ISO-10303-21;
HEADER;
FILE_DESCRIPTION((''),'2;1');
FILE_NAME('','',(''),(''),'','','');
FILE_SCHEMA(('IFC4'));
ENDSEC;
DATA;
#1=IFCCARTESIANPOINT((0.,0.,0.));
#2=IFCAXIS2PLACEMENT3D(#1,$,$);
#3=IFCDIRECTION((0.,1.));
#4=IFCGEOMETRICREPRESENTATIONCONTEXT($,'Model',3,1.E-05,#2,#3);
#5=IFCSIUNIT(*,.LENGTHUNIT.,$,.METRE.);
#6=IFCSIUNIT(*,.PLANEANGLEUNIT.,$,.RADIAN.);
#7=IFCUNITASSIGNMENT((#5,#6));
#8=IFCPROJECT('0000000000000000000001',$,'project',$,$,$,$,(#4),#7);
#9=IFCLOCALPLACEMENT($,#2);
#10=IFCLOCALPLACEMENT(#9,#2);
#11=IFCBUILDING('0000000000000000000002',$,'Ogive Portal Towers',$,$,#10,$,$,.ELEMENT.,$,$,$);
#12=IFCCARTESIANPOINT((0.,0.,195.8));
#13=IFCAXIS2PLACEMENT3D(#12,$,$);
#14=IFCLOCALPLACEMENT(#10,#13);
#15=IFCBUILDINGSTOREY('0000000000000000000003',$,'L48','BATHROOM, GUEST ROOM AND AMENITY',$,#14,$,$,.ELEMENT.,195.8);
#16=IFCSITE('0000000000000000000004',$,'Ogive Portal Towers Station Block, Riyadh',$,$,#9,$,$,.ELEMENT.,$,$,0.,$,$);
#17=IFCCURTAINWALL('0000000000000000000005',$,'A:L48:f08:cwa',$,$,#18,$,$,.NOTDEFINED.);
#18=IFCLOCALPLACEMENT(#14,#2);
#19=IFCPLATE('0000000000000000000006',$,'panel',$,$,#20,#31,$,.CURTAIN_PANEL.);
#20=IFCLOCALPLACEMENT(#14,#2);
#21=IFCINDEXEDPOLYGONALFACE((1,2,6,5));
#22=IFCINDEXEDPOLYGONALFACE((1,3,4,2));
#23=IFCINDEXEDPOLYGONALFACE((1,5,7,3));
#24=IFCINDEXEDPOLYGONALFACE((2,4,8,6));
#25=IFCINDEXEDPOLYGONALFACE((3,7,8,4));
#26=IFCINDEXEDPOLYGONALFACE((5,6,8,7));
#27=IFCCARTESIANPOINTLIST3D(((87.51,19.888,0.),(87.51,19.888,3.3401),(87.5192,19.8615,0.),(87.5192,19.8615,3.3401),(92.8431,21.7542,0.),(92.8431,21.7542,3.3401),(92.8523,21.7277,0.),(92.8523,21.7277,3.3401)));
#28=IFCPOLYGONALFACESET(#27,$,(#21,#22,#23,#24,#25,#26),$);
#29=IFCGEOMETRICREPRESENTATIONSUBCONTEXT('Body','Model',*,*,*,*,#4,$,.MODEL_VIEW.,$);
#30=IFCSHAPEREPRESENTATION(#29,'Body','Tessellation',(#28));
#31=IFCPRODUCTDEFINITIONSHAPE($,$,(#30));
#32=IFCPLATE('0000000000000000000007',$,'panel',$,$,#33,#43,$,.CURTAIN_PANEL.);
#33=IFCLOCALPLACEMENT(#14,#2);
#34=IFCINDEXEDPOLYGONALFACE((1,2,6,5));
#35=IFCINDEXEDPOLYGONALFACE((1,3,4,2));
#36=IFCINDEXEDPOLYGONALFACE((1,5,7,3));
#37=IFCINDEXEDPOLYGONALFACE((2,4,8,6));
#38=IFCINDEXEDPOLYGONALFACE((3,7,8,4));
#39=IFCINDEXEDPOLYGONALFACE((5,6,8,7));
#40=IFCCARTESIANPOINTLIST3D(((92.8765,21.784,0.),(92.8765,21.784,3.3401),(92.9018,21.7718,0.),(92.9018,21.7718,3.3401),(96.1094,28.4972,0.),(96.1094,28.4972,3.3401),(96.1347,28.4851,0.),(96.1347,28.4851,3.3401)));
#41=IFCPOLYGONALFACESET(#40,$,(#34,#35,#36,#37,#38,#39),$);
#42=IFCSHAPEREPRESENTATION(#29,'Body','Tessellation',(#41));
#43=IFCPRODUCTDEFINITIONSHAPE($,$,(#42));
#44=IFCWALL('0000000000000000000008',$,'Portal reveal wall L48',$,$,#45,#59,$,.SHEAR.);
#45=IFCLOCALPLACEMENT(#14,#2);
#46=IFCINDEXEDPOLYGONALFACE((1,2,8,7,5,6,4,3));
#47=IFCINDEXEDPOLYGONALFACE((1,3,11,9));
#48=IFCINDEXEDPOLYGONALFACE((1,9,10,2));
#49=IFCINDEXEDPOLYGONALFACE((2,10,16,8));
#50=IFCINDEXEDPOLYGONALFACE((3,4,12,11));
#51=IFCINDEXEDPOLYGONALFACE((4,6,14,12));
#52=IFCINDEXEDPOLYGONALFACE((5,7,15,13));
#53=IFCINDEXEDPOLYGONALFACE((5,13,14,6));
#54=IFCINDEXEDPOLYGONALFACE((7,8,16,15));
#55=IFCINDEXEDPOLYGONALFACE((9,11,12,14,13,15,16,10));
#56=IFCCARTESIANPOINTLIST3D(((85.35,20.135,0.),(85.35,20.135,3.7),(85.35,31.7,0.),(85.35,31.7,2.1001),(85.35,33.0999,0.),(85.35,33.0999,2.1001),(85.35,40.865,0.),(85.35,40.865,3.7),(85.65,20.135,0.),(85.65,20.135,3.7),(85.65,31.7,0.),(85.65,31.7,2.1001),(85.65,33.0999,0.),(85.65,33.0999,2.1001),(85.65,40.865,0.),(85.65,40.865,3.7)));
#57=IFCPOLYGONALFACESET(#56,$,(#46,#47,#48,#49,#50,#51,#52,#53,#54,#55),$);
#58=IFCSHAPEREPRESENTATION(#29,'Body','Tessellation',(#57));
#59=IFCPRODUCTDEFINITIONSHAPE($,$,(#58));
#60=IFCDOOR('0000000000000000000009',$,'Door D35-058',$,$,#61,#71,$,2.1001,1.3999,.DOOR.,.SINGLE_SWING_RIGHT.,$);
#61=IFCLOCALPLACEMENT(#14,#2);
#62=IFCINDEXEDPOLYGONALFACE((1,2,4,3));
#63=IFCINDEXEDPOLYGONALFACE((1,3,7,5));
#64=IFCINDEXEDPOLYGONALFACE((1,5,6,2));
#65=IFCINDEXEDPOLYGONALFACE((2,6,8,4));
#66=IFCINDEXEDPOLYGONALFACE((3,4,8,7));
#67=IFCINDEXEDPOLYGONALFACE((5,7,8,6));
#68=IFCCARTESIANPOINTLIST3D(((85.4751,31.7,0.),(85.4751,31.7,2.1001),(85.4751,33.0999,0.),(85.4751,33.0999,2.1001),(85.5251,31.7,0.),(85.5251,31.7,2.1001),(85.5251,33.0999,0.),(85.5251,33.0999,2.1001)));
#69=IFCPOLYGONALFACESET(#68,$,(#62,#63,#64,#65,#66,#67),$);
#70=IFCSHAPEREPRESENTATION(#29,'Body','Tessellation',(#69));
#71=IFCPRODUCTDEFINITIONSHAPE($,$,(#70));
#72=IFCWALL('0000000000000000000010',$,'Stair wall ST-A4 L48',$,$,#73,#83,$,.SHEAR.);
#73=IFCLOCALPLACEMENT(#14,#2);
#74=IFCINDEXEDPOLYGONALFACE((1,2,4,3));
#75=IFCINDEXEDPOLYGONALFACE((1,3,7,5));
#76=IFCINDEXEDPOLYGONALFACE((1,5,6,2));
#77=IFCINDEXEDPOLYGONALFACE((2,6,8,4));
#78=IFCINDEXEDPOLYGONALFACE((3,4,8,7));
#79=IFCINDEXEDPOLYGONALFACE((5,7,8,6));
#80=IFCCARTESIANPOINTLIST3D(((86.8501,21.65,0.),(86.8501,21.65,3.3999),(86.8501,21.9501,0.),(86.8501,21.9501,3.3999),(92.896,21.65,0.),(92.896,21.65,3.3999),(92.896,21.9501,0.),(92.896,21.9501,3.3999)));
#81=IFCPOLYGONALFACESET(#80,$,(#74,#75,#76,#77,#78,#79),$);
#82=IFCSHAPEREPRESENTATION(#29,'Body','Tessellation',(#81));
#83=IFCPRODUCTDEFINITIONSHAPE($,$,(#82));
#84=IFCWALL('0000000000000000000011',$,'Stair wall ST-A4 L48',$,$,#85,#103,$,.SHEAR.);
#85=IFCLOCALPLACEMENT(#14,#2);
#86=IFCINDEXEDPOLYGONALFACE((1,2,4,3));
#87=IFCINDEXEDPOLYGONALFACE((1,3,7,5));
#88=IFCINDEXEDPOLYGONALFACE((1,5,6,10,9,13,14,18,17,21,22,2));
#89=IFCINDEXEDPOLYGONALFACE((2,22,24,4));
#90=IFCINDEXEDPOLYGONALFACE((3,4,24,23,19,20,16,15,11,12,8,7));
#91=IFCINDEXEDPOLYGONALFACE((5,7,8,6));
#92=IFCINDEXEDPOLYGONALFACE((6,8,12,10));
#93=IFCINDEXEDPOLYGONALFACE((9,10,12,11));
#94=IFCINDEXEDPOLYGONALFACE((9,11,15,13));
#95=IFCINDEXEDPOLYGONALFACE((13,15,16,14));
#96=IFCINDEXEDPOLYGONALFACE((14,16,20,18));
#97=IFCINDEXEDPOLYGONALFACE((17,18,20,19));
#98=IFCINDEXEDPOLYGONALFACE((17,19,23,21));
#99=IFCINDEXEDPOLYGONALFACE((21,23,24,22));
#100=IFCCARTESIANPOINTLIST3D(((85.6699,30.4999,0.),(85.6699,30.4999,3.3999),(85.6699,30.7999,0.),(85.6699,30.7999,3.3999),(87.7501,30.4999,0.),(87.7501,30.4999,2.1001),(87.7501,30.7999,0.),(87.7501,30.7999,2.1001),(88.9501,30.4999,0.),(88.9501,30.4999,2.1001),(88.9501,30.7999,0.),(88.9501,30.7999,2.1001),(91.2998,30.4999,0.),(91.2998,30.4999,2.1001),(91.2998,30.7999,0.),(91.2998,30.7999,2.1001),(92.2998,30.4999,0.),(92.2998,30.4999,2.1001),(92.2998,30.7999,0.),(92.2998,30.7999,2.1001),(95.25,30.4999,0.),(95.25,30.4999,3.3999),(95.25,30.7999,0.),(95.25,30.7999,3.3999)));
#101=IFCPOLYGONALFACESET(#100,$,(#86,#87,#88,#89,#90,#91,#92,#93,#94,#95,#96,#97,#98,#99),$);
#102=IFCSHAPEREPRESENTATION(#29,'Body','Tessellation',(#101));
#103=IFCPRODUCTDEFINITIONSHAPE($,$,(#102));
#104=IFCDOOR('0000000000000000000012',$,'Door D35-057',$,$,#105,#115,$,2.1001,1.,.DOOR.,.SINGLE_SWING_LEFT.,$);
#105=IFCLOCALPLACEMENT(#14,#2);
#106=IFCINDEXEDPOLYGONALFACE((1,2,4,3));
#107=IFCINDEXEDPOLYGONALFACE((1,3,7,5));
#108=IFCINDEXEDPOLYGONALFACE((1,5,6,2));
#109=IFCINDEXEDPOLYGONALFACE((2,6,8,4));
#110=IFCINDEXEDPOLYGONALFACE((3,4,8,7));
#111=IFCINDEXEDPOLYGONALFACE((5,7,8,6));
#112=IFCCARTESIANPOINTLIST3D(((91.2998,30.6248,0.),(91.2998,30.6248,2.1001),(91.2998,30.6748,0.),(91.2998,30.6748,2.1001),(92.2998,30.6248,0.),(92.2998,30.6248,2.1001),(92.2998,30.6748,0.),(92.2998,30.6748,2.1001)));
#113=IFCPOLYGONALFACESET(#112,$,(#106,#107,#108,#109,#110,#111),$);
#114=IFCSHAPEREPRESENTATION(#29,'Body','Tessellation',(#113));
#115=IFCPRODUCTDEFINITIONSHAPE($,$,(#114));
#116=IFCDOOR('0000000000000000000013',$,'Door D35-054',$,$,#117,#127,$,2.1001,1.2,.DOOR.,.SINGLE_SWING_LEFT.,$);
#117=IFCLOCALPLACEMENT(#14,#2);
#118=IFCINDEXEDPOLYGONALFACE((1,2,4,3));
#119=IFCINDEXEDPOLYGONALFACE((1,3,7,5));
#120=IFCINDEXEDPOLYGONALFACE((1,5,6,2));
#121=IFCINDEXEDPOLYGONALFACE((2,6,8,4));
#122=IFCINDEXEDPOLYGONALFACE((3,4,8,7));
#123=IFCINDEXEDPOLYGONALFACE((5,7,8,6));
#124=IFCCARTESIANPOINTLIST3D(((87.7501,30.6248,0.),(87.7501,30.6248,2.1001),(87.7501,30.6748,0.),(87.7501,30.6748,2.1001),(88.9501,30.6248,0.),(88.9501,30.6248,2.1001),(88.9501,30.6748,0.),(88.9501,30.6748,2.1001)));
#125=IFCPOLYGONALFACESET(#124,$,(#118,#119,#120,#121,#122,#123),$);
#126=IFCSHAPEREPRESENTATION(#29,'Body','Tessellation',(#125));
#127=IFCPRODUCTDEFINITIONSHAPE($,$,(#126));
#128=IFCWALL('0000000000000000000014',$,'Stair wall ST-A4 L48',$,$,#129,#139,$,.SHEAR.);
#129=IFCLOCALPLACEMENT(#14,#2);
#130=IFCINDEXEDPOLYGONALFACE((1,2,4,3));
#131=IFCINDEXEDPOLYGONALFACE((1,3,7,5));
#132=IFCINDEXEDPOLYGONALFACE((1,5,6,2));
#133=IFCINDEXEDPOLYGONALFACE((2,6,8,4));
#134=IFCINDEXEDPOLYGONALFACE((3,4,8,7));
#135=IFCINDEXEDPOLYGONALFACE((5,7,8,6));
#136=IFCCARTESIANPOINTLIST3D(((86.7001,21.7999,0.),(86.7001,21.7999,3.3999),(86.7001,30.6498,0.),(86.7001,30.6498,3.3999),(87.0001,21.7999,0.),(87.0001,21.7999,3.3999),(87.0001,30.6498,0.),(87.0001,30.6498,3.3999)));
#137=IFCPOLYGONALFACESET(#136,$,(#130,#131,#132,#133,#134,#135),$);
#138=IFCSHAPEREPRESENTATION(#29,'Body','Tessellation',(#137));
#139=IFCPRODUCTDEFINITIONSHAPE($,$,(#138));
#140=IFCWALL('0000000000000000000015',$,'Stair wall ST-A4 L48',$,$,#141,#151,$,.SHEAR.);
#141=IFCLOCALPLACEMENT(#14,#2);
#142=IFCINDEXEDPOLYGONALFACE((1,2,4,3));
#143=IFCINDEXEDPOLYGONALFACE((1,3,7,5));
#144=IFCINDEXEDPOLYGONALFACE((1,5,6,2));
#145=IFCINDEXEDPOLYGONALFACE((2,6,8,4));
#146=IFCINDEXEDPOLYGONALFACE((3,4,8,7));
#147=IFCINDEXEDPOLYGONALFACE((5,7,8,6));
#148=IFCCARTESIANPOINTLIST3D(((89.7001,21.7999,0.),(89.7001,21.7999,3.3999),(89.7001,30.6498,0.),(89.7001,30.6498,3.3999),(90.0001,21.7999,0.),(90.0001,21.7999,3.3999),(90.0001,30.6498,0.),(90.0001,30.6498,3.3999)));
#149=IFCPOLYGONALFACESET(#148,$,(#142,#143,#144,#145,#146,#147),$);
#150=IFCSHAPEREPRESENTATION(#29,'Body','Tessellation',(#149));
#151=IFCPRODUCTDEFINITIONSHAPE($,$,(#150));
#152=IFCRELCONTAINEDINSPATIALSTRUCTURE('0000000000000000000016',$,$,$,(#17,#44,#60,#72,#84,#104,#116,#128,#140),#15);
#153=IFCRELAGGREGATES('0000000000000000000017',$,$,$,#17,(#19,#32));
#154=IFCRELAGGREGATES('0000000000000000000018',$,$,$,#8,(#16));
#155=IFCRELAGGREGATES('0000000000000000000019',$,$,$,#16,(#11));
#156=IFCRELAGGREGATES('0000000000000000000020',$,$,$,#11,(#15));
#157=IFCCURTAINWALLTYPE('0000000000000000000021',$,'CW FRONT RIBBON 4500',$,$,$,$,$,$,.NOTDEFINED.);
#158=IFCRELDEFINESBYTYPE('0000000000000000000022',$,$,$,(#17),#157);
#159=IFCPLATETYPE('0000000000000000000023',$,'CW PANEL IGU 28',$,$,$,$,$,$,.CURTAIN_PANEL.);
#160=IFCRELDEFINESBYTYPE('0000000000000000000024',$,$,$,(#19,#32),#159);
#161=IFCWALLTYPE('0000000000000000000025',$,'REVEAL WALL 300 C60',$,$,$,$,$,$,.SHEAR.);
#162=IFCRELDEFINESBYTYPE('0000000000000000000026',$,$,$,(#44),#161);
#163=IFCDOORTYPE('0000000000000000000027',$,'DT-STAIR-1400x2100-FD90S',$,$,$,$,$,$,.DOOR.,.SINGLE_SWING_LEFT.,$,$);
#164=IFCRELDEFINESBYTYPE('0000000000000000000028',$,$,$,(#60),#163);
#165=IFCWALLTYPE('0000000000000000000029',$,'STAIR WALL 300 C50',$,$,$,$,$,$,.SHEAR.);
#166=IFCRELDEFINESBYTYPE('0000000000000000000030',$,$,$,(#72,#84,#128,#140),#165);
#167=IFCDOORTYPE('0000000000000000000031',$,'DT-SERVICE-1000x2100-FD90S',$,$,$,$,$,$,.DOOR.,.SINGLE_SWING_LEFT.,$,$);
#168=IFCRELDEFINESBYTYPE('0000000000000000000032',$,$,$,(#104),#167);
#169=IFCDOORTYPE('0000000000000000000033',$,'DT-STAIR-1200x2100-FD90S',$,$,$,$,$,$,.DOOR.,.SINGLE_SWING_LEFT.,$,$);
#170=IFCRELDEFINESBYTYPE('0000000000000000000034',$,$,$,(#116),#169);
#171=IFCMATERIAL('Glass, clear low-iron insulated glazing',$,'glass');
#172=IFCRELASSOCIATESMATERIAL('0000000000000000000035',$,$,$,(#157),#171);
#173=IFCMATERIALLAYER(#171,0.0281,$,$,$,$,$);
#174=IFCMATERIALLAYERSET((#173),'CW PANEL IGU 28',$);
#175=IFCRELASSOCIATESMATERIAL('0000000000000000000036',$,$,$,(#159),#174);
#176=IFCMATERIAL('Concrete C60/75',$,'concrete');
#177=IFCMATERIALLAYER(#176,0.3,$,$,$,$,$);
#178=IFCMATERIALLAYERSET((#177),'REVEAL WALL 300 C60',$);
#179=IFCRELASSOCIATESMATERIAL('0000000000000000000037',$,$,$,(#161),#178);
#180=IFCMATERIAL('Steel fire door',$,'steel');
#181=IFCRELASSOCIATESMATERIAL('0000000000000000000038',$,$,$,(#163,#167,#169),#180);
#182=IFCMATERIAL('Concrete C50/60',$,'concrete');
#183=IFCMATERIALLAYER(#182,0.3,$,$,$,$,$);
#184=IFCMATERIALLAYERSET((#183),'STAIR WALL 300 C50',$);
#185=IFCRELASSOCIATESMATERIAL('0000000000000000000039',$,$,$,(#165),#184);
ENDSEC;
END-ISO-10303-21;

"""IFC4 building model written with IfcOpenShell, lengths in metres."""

from ifc_helpers import new_model, si_unit, direction, frame, frame_2d, origin, origin_2d, place, context, subcontext, project, spatial, rectangle, extrude, material, layer, layer_set, type_object, element, fill, aggregate, save


model = new_model("IFC4")

# Units and contexts
model_context = context("Model", 3, precision=1e-05, world=origin(), true_north=direction((0.0, 1.0)))
body_context = subcontext(model_context, "Body", "Model", "MODEL_VIEW")
ifc_project = project(units=[si_unit("LENGTHUNIT", "METRE"), si_unit("PLANEANGLEUNIT", "RADIAN")], contexts=[model_context])

# Site, building, storey
site_placement = place(None, origin())
site = spatial("IfcSite", under=ifc_project, at=site_placement, Name="Ogive Portal Towers Station Block, Riyadh", CompositionType="ELEMENT", RefElevation=0.0)
building_placement = place(site_placement, origin())
building = spatial("IfcBuilding", under=site, at=building_placement, Name="Ogive Portal Towers", CompositionType="ELEMENT")
storey_placement = place(building_placement, frame((0.0, 0.0, 195.8)))
storey = spatial("IfcBuildingStorey", under=building, at=storey_placement, Name="L48", Description="BATHROOM, GUEST ROOM AND AMENITY", CompositionType="ELEMENT", Elevation=195.8)

# Shared definitions
ifc_material_1 = material(Name="Concrete C60/75", Category="concrete")

# Curtain wall
ifc_material_2 = material(Name="Glass, clear low-iron insulated glazing", Category="glass")
curtain_wall_type = type_object("IfcCurtainWallType", Name="CW FRONT RIBBON 4500", PredefinedType="NOTDEFINED", material=ifc_material_2)
curtain_wall_1_placement = place(storey_placement, origin())
curtain_wall_1 = element("IfcCurtainWall", 1, at=curtain_wall_1_placement, inside=storey, type_object=curtain_wall_type, Name="A:L48:f08:cwa", PredefinedType="NOTDEFINED")

# Plates
ifc_layer_1 = layer(ifc_material_2, 0.0281)
ifc_layer_set_1 = layer_set([ifc_layer_1], Name="CW PANEL IGU 28")
plate_type = type_object("IfcPlateType", Name="CW PANEL IGU 28", PredefinedType="CURTAIN_PANEL", material=ifc_layer_set_1)
plate_1_placement = place(storey_placement, frame((90.1812, 20.8079, 0.0), z_axis=(0.0, 0.0, 1.0), x_axis=(0.943883, 0.330279, 0.0)))
plate_1 = element("IfcPlate", 2, at=plate_1_placement, type_object=plate_type, Name="panel", PredefinedType="CURTAIN_PANEL", context=body_context, shape_type="SweptSolid", body=[
    extrude(rectangle(XDim=5.6501, YDim=0.0281, at=origin_2d()), origin(), (0.0, 0.0, 1.0), 3.3401),
])
plate_2_placement = place(storey_placement, frame((94.5056, 25.1345, 0.0), z_axis=(0.0, 0.0, 1.0), x_axis=(0.433884, 0.900969, 0.0)))
plate_2 = element("IfcPlate", 3, at=plate_2_placement, type_object=plate_type, Name="panel", PredefinedType="CURTAIN_PANEL", context=body_context, shape_type="SweptSolid", body=[
    extrude(rectangle(XDim=7.4512, YDim=0.0281, at=origin_2d()), origin(), (0.0, 0.0, 1.0), 3.3401),
])
aggregate(curtain_wall_1, [plate_1, plate_2])

# Wall, opening, door
ifc_layer_2 = layer(ifc_material_1, 0.3)
ifc_layer_set_2 = layer_set([ifc_layer_2], Name="REVEAL WALL 300 C60")
wall_type_1 = type_object("IfcWallType", Name="REVEAL WALL 300 C60", PredefinedType="SHEAR", material=ifc_layer_set_2)
wall_1_placement = place(storey_placement, frame((85.5, 20.135, 0.0), z_axis=(0.0, 0.0, 1.0), x_axis=(0.0, 1.0, 0.0)))
wall_1 = element("IfcWall", 4, at=wall_1_placement, inside=storey, type_object=wall_type_1, Name="Portal reveal wall L48", PredefinedType="SHEAR", context=body_context, shape_type="SweptSolid", body=[
    extrude(rectangle(XDim=20.73, YDim=0.3, at=frame_2d((10.365, 0.0))), origin(), (0.0, 0.0, 1.0), 3.7),
])
opening_1_placement = place(wall_1_placement, frame((11.5649, 0.0, 0.0)))
opening_1 = element("IfcOpeningElement", 5, at=opening_1_placement, cuts=wall_1, PredefinedType="OPENING", context=body_context, shape_type="SweptSolid", body=[
    extrude(rectangle(XDim=1.3999, YDim=2.1001, at=frame_2d((0.7, 1.05))), frame((0.0, 0.1602, 0.0), z_axis=(0.0, -1.0, 0.0), x_axis=(1.0, 0.0, 0.0)), (0.0, 0.0, 1.0), 0.3201),
])
ifc_material_3 = material(Name="Steel fire door", Category="steel")
door_type_1 = type_object("IfcDoorType", Name="DT-STAIR-1400x2100-FD90S", OperationType="SINGLE_SWING_LEFT", PredefinedType="DOOR", material=ifc_material_3)
door_1_placement = place(opening_1_placement, origin())
door_1 = element("IfcDoor", 6, at=door_1_placement, inside=storey, type_object=door_type_1, Name="Door D35-058", OperationType="SINGLE_SWING_RIGHT", OverallHeight=2.1001, OverallWidth=1.3999, PredefinedType="DOOR", context=body_context, shape_type="SweptSolid", body=[
    extrude(rectangle(XDim=1.3999, YDim=2.1001, at=frame_2d((0.7, 1.05))), frame((0.0, 0.0249, 0.0), z_axis=(0.0, -1.0, 0.0), x_axis=(1.0, 0.0, 0.0)), (0.0, 0.0, 1.0), 0.05),
])
fill(opening_1, door_1)

# Wall
ifc_material_4 = material(Name="Concrete C50/60", Category="concrete")
ifc_layer_3 = layer(ifc_material_4, 0.3)
ifc_layer_set_3 = layer_set([ifc_layer_3], Name="STAIR WALL 300 C50")
wall_type_2 = type_object("IfcWallType", Name="STAIR WALL 300 C50", PredefinedType="SHEAR", material=ifc_layer_set_3)
wall_2_placement = place(storey_placement, frame((86.8501, 21.8, 0.0), z_axis=(0.0, 0.0, 1.0), x_axis=(1.0, 0.0, 0.0)))
element("IfcWall", 7, at=wall_2_placement, inside=storey, type_object=wall_type_2, Name="Stair wall ST-A4 L48", PredefinedType="SHEAR", context=body_context, shape_type="SweptSolid", body=[
    extrude(rectangle(XDim=6.0459, YDim=0.3, at=frame_2d((3.0229, 0.0))), origin(), (0.0, 0.0, 1.0), 3.3999),
])

# Wall, openings, doors
wall_3_placement = place(storey_placement, frame((85.6699, 30.6499, 0.0), z_axis=(0.0, 0.0, 1.0), x_axis=(1.0, 0.0, 0.0)))
wall_3 = element("IfcWall", 8, at=wall_3_placement, inside=storey, type_object=wall_type_2, Name="Stair wall ST-A4 L48", PredefinedType="SHEAR", context=body_context, shape_type="SweptSolid", body=[
    extrude(rectangle(XDim=9.5801, YDim=0.3, at=frame_2d((4.79, 0.0))), origin(), (0.0, 0.0, 1.0), 3.3999),
])
opening_2_placement = place(wall_3_placement, frame((2.0801, 0.0, 0.0)))
opening_2 = element("IfcOpeningElement", 9, at=opening_2_placement, cuts=wall_3, PredefinedType="OPENING", context=body_context, shape_type="SweptSolid", body=[
    extrude(rectangle(XDim=1.2, YDim=2.1001, at=frame_2d((0.6001, 1.05))), frame((0.0, 0.1602, 0.0), z_axis=(0.0, -1.0, 0.0), x_axis=(1.0, 0.0, 0.0)), (0.0, 0.0, 1.0), 0.3201),
])
opening_3_placement = place(wall_3_placement, frame((5.6299, 0.0, 0.0)))
opening_3 = element("IfcOpeningElement", 10, at=opening_3_placement, cuts=wall_3, PredefinedType="OPENING", context=body_context, shape_type="SweptSolid", body=[
    extrude(rectangle(XDim=1.0, YDim=2.1001, at=frame_2d((0.5, 1.05))), frame((0.0, 0.1602, 0.0), z_axis=(0.0, -1.0, 0.0), x_axis=(1.0, 0.0, 0.0)), (0.0, 0.0, 1.0), 0.3201),
])
door_type_2 = type_object("IfcDoorType", Name="DT-SERVICE-1000x2100-FD90S", OperationType="SINGLE_SWING_LEFT", PredefinedType="DOOR", material=ifc_material_3)
door_2_placement = place(opening_3_placement, origin())
door_2 = element("IfcDoor", 11, at=door_2_placement, inside=storey, type_object=door_type_2, Name="Door D35-057", OperationType="SINGLE_SWING_LEFT", OverallHeight=2.1001, OverallWidth=1.0, PredefinedType="DOOR", context=body_context, shape_type="SweptSolid", body=[
    extrude(rectangle(XDim=1.0, YDim=2.1001, at=frame_2d((0.5, 1.05))), frame((0.0, 0.0249, 0.0), z_axis=(0.0, -1.0, 0.0), x_axis=(1.0, 0.0, 0.0)), (0.0, 0.0, 1.0), 0.05),
])
fill(opening_3, door_2)
door_type_3 = type_object("IfcDoorType", Name="DT-STAIR-1200x2100-FD90S", OperationType="SINGLE_SWING_LEFT", PredefinedType="DOOR", material=ifc_material_3)
door_3_placement = place(opening_2_placement, origin())
door_3 = element("IfcDoor", 12, at=door_3_placement, inside=storey, type_object=door_type_3, Name="Door D35-054", OperationType="SINGLE_SWING_LEFT", OverallHeight=2.1001, OverallWidth=1.2, PredefinedType="DOOR", context=body_context, shape_type="SweptSolid", body=[
    extrude(rectangle(XDim=1.2, YDim=2.1001, at=frame_2d((0.6001, 1.05))), frame((0.0, 0.0249, 0.0), z_axis=(0.0, -1.0, 0.0), x_axis=(1.0, 0.0, 0.0)), (0.0, 0.0, 1.0), 0.05),
])
fill(opening_2, door_3)

# Walls
for number, where, z_axis, x_axis, name in (
    (13, (86.8501, 21.8, 0.0), (0.0, 0.0, 1.0), (0.0, 1.0, 0.0), "Stair wall ST-A4 L48"),
    (14, (89.8501, 21.8, 0.0), (0.0, 0.0, 1.0), (0.0, 1.0, 0.0), "Stair wall ST-A4 L48"),
):
    element("IfcWall", number, at=place(storey_placement, frame(where, z_axis=z_axis, x_axis=x_axis)), inside=storey, type_object=wall_type_2, Name=name, PredefinedType="SHEAR", context=body_context, shape_type="SweptSolid", body=[
        extrude(rectangle(XDim=8.8499, YDim=0.3, at=frame_2d((4.4248, 0.0))), origin(), (0.0, 0.0, 1.0), 3.3999),
    ])

save(model, "model.ifc")
